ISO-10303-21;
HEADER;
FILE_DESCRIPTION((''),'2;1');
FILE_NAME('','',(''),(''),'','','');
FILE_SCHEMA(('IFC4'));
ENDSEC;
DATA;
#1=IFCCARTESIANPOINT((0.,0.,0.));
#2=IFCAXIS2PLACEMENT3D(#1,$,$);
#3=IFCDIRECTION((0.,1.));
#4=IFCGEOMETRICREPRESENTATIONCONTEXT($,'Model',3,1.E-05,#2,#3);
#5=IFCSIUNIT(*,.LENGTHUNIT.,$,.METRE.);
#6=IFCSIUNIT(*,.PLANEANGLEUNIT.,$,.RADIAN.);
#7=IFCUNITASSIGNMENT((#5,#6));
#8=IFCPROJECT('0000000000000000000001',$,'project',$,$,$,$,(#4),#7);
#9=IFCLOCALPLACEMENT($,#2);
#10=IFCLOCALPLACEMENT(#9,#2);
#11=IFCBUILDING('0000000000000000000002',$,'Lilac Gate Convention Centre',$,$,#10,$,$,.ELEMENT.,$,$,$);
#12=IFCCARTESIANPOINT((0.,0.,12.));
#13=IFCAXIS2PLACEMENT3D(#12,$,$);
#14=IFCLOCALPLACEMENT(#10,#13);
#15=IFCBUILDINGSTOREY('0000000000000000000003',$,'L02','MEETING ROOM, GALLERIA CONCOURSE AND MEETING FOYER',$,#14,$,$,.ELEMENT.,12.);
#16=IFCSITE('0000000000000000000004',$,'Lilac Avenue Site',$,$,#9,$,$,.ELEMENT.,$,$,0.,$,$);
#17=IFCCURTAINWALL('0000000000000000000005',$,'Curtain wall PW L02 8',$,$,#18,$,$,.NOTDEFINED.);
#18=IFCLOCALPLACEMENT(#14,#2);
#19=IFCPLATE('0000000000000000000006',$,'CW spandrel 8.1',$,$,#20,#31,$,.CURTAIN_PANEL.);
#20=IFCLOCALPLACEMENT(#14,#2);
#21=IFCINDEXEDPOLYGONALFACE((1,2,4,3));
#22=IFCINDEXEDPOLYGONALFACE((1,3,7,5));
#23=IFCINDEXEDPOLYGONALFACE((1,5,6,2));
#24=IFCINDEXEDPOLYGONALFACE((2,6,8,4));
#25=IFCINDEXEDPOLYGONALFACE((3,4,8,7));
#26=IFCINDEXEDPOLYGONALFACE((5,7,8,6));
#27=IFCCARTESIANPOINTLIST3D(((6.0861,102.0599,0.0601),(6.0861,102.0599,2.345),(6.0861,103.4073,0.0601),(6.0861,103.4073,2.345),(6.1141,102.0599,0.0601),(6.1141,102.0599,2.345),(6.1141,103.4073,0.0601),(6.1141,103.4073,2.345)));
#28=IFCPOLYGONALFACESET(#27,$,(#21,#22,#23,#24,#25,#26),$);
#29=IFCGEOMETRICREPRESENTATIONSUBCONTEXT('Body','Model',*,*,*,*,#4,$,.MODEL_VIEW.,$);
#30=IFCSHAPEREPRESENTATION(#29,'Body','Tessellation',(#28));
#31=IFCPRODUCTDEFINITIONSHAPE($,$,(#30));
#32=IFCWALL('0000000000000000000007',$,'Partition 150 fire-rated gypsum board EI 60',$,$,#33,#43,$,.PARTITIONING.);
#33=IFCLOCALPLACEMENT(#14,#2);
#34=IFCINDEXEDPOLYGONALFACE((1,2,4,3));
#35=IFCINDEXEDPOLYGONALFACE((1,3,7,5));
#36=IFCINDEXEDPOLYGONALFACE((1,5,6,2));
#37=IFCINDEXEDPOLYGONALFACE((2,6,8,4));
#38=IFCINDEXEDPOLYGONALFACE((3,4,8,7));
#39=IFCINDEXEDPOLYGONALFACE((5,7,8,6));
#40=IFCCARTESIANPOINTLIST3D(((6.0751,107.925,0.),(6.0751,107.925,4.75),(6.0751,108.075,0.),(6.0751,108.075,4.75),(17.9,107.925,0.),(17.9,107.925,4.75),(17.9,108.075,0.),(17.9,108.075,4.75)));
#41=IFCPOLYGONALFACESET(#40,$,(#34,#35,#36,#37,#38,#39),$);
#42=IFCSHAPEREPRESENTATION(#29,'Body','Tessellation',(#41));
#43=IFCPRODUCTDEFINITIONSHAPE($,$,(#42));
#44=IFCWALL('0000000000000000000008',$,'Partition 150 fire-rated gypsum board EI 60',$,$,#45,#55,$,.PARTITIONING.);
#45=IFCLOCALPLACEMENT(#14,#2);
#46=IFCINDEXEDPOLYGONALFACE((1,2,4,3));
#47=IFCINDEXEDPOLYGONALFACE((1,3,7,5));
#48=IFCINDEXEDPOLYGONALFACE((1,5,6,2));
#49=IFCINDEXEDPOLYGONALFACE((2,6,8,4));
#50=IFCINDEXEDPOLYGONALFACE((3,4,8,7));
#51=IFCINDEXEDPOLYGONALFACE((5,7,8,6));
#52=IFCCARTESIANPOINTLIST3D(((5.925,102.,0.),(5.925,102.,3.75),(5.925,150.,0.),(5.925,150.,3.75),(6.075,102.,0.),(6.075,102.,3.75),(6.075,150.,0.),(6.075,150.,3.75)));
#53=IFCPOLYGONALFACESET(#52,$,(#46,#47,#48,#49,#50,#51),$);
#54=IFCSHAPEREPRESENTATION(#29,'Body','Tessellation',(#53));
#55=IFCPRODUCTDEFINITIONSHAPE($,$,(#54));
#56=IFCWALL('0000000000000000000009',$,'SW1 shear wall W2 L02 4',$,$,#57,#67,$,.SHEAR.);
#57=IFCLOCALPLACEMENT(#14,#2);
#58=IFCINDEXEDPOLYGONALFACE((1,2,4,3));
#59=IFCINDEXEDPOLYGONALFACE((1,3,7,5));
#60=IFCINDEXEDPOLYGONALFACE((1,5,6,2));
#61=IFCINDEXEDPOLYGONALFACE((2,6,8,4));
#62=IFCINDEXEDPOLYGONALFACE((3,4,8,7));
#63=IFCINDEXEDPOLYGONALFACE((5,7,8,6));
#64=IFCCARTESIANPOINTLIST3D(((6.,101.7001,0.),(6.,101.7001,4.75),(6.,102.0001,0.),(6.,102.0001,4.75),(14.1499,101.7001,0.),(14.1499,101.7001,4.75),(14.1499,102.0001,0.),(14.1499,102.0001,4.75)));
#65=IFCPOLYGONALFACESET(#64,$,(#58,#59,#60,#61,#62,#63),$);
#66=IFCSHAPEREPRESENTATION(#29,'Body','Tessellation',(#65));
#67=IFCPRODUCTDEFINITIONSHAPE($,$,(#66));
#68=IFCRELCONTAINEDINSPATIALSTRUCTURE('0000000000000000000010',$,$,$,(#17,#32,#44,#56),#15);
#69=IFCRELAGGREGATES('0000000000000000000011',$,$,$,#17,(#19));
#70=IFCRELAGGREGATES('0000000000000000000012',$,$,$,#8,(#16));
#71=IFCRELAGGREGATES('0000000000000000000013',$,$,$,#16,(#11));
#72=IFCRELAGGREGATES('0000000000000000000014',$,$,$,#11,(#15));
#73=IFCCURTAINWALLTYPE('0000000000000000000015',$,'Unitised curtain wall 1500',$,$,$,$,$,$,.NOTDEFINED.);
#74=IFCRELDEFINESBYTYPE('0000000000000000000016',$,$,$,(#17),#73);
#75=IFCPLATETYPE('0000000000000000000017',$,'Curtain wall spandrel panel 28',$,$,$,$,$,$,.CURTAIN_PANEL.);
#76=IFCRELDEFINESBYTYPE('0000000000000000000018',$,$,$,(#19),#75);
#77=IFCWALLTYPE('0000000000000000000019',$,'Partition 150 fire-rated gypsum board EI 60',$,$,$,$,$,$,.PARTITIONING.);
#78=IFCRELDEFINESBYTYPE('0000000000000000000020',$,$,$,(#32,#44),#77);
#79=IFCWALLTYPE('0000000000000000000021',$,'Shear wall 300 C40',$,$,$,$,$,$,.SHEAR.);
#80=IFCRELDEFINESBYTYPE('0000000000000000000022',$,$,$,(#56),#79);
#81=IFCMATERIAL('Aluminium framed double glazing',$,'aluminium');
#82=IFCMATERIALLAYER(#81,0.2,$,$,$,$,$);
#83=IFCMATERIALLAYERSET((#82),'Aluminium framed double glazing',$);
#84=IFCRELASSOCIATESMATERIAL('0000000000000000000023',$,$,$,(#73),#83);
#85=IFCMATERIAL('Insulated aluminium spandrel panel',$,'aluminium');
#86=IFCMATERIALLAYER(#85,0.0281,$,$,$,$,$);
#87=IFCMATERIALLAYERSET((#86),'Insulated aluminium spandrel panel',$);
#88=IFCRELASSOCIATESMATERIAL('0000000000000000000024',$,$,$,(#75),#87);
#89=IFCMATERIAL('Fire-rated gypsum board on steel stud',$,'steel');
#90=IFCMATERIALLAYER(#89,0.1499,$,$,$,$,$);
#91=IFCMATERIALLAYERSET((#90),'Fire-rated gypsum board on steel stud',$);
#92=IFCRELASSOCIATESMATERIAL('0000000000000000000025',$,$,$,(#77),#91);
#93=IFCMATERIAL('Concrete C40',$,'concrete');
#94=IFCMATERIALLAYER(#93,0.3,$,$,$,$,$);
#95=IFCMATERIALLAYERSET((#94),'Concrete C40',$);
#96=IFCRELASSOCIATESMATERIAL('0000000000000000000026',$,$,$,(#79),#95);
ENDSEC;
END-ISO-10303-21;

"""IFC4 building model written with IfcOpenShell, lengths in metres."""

from ifc_helpers import new_model, si_unit, direction, frame, frame_2d, origin, origin_2d, place, context, subcontext, project, spatial, rectangle, extrude, material, layer, layer_set, type_object, element, aggregate, save


model = new_model("IFC4")

# Units and contexts
model_context = context("Model", 3, precision=1e-05, world=origin(), true_north=direction((0.0, 1.0)))
body_context = subcontext(model_context, "Body", "Model", "MODEL_VIEW")
ifc_project = project(units=[si_unit("LENGTHUNIT", "METRE"), si_unit("PLANEANGLEUNIT", "RADIAN")], contexts=[model_context])

# Site, building, storey
site_placement = place(None, origin())
site = spatial("IfcSite", under=ifc_project, at=site_placement, Name="Lilac Avenue Site", CompositionType="ELEMENT", RefElevation=0.0)
building_placement = place(site_placement, origin())
building = spatial("IfcBuilding", under=site, at=building_placement, Name="Lilac Gate Convention Centre", CompositionType="ELEMENT")
storey_placement = place(building_placement, frame((0.0, 0.0, 12.0)))
storey = spatial("IfcBuildingStorey", under=building, at=storey_placement, Name="L02", Description="MEETING ROOM, GALLERIA CONCOURSE AND MEETING FOYER", CompositionType="ELEMENT", Elevation=12.0)

# Curtain wall
ifc_material_1 = material(Name="Aluminium framed double glazing", Category="aluminium")
ifc_layer_1 = layer(ifc_material_1, 0.2)
ifc_layer_set_1 = layer_set([ifc_layer_1], Name="Aluminium framed double glazing")
curtain_wall_type = type_object("IfcCurtainWallType", Name="Unitised curtain wall 1500", PredefinedType="NOTDEFINED", material=ifc_layer_set_1)
curtain_wall_placement = place(storey_placement, origin())
curtain_wall = element("IfcCurtainWall", 1, at=curtain_wall_placement, inside=storey, type_object=curtain_wall_type, Name="Curtain wall PW L02 8", PredefinedType="NOTDEFINED")

# Shared definitions
ifc_material_2 = material(Name="Concrete C40", Category="concrete")

# Plate
ifc_material_3 = material(Name="Insulated aluminium spandrel panel", Category="aluminium")
ifc_layer_2 = layer(ifc_material_3, 0.0281)
ifc_layer_set_2 = layer_set([ifc_layer_2], Name="Insulated aluminium spandrel panel")
plate_type_1 = type_object("IfcPlateType", Name="Curtain wall spandrel panel 28", PredefinedType="CURTAIN_PANEL", material=ifc_layer_set_2)
plate_1_placement = place(storey_placement, frame((6.1001, 102.7336, 0.0601), z_axis=(0.0, 0.0, 1.0), x_axis=(0.0, -1.0, 0.0)))
plate_1 = element("IfcPlate", 2, at=plate_1_placement, type_object=plate_type_1, Name="CW spandrel 8.1", PredefinedType="CURTAIN_PANEL", context=body_context, shape_type="SweptSolid", body=[
    extrude(rectangle(XDim=1.3474, YDim=0.0281, at=origin_2d()), origin(), (0.0, 0.0, 1.0), 2.2849),
])
aggregate(curtain_wall, [plate_1])

# Walls
ifc_material_4 = material(Name="Fire-rated gypsum board on steel stud", Category="steel")
ifc_layer_3 = layer(ifc_material_4, 0.1499)
ifc_layer_set_3 = layer_set([ifc_layer_3], Name="Fire-rated gypsum board on steel stud")
wall_type_1 = type_object("IfcWallType", Name="Partition 150 fire-rated gypsum board EI 60", PredefinedType="PARTITIONING", material=ifc_layer_set_3)
wall_1_placement = place(storey_placement, frame((6.075, 108.0, 0.0), z_axis=(0.0, 0.0, 1.0), x_axis=(1.0, 0.0, 0.0)))
element("IfcWall", 3, at=wall_1_placement, inside=storey, type_object=wall_type_1, Name="Partition 150 fire-rated gypsum board EI 60", PredefinedType="PARTITIONING", context=body_context, shape_type="SweptSolid", body=[
    extrude(rectangle(XDim=11.825, YDim=0.1499, at=frame_2d((5.9126, 0.0))), origin(), (0.0, 0.0, 1.0), 4.75),
])
wall_2_placement = place(storey_placement, frame((6.0, 102.0, 0.0), z_axis=(0.0, 0.0, 1.0), x_axis=(0.0, 1.0, 0.0)))
element("IfcWall", 4, at=wall_2_placement, inside=storey, type_object=wall_type_1, Name="Partition 150 fire-rated gypsum board EI 60", PredefinedType="PARTITIONING", context=body_context, shape_type="SweptSolid", body=[
    extrude(rectangle(XDim=48.0, YDim=0.1499, at=frame_2d((24.0, 0.0))), origin(), (0.0, 0.0, 1.0), 3.75),
])
ifc_layer_4 = layer(ifc_material_2, 0.3)
ifc_layer_set_4 = layer_set([ifc_layer_4], Name="Concrete C40")
wall_type_2 = type_object("IfcWallType", Name="Shear wall 300 C40", PredefinedType="SHEAR", material=ifc_layer_set_4)
wall_3_placement = place(storey_placement, frame((6.0, 101.8501, 0.0), z_axis=(0.0, 0.0, 1.0), x_axis=(1.0, 0.0, 0.0)))
element("IfcWall", 5, at=wall_3_placement, inside=storey, type_object=wall_type_2, Name="SW1 shear wall W2 L02 4", PredefinedType="SHEAR", context=body_context, shape_type="SweptSolid", body=[
    extrude(rectangle(XDim=8.1499, YDim=0.3, at=frame_2d((4.075, 0.0))), origin(), (0.0, 0.0, 1.0), 4.75),
])

save(model, "model.ifc")
